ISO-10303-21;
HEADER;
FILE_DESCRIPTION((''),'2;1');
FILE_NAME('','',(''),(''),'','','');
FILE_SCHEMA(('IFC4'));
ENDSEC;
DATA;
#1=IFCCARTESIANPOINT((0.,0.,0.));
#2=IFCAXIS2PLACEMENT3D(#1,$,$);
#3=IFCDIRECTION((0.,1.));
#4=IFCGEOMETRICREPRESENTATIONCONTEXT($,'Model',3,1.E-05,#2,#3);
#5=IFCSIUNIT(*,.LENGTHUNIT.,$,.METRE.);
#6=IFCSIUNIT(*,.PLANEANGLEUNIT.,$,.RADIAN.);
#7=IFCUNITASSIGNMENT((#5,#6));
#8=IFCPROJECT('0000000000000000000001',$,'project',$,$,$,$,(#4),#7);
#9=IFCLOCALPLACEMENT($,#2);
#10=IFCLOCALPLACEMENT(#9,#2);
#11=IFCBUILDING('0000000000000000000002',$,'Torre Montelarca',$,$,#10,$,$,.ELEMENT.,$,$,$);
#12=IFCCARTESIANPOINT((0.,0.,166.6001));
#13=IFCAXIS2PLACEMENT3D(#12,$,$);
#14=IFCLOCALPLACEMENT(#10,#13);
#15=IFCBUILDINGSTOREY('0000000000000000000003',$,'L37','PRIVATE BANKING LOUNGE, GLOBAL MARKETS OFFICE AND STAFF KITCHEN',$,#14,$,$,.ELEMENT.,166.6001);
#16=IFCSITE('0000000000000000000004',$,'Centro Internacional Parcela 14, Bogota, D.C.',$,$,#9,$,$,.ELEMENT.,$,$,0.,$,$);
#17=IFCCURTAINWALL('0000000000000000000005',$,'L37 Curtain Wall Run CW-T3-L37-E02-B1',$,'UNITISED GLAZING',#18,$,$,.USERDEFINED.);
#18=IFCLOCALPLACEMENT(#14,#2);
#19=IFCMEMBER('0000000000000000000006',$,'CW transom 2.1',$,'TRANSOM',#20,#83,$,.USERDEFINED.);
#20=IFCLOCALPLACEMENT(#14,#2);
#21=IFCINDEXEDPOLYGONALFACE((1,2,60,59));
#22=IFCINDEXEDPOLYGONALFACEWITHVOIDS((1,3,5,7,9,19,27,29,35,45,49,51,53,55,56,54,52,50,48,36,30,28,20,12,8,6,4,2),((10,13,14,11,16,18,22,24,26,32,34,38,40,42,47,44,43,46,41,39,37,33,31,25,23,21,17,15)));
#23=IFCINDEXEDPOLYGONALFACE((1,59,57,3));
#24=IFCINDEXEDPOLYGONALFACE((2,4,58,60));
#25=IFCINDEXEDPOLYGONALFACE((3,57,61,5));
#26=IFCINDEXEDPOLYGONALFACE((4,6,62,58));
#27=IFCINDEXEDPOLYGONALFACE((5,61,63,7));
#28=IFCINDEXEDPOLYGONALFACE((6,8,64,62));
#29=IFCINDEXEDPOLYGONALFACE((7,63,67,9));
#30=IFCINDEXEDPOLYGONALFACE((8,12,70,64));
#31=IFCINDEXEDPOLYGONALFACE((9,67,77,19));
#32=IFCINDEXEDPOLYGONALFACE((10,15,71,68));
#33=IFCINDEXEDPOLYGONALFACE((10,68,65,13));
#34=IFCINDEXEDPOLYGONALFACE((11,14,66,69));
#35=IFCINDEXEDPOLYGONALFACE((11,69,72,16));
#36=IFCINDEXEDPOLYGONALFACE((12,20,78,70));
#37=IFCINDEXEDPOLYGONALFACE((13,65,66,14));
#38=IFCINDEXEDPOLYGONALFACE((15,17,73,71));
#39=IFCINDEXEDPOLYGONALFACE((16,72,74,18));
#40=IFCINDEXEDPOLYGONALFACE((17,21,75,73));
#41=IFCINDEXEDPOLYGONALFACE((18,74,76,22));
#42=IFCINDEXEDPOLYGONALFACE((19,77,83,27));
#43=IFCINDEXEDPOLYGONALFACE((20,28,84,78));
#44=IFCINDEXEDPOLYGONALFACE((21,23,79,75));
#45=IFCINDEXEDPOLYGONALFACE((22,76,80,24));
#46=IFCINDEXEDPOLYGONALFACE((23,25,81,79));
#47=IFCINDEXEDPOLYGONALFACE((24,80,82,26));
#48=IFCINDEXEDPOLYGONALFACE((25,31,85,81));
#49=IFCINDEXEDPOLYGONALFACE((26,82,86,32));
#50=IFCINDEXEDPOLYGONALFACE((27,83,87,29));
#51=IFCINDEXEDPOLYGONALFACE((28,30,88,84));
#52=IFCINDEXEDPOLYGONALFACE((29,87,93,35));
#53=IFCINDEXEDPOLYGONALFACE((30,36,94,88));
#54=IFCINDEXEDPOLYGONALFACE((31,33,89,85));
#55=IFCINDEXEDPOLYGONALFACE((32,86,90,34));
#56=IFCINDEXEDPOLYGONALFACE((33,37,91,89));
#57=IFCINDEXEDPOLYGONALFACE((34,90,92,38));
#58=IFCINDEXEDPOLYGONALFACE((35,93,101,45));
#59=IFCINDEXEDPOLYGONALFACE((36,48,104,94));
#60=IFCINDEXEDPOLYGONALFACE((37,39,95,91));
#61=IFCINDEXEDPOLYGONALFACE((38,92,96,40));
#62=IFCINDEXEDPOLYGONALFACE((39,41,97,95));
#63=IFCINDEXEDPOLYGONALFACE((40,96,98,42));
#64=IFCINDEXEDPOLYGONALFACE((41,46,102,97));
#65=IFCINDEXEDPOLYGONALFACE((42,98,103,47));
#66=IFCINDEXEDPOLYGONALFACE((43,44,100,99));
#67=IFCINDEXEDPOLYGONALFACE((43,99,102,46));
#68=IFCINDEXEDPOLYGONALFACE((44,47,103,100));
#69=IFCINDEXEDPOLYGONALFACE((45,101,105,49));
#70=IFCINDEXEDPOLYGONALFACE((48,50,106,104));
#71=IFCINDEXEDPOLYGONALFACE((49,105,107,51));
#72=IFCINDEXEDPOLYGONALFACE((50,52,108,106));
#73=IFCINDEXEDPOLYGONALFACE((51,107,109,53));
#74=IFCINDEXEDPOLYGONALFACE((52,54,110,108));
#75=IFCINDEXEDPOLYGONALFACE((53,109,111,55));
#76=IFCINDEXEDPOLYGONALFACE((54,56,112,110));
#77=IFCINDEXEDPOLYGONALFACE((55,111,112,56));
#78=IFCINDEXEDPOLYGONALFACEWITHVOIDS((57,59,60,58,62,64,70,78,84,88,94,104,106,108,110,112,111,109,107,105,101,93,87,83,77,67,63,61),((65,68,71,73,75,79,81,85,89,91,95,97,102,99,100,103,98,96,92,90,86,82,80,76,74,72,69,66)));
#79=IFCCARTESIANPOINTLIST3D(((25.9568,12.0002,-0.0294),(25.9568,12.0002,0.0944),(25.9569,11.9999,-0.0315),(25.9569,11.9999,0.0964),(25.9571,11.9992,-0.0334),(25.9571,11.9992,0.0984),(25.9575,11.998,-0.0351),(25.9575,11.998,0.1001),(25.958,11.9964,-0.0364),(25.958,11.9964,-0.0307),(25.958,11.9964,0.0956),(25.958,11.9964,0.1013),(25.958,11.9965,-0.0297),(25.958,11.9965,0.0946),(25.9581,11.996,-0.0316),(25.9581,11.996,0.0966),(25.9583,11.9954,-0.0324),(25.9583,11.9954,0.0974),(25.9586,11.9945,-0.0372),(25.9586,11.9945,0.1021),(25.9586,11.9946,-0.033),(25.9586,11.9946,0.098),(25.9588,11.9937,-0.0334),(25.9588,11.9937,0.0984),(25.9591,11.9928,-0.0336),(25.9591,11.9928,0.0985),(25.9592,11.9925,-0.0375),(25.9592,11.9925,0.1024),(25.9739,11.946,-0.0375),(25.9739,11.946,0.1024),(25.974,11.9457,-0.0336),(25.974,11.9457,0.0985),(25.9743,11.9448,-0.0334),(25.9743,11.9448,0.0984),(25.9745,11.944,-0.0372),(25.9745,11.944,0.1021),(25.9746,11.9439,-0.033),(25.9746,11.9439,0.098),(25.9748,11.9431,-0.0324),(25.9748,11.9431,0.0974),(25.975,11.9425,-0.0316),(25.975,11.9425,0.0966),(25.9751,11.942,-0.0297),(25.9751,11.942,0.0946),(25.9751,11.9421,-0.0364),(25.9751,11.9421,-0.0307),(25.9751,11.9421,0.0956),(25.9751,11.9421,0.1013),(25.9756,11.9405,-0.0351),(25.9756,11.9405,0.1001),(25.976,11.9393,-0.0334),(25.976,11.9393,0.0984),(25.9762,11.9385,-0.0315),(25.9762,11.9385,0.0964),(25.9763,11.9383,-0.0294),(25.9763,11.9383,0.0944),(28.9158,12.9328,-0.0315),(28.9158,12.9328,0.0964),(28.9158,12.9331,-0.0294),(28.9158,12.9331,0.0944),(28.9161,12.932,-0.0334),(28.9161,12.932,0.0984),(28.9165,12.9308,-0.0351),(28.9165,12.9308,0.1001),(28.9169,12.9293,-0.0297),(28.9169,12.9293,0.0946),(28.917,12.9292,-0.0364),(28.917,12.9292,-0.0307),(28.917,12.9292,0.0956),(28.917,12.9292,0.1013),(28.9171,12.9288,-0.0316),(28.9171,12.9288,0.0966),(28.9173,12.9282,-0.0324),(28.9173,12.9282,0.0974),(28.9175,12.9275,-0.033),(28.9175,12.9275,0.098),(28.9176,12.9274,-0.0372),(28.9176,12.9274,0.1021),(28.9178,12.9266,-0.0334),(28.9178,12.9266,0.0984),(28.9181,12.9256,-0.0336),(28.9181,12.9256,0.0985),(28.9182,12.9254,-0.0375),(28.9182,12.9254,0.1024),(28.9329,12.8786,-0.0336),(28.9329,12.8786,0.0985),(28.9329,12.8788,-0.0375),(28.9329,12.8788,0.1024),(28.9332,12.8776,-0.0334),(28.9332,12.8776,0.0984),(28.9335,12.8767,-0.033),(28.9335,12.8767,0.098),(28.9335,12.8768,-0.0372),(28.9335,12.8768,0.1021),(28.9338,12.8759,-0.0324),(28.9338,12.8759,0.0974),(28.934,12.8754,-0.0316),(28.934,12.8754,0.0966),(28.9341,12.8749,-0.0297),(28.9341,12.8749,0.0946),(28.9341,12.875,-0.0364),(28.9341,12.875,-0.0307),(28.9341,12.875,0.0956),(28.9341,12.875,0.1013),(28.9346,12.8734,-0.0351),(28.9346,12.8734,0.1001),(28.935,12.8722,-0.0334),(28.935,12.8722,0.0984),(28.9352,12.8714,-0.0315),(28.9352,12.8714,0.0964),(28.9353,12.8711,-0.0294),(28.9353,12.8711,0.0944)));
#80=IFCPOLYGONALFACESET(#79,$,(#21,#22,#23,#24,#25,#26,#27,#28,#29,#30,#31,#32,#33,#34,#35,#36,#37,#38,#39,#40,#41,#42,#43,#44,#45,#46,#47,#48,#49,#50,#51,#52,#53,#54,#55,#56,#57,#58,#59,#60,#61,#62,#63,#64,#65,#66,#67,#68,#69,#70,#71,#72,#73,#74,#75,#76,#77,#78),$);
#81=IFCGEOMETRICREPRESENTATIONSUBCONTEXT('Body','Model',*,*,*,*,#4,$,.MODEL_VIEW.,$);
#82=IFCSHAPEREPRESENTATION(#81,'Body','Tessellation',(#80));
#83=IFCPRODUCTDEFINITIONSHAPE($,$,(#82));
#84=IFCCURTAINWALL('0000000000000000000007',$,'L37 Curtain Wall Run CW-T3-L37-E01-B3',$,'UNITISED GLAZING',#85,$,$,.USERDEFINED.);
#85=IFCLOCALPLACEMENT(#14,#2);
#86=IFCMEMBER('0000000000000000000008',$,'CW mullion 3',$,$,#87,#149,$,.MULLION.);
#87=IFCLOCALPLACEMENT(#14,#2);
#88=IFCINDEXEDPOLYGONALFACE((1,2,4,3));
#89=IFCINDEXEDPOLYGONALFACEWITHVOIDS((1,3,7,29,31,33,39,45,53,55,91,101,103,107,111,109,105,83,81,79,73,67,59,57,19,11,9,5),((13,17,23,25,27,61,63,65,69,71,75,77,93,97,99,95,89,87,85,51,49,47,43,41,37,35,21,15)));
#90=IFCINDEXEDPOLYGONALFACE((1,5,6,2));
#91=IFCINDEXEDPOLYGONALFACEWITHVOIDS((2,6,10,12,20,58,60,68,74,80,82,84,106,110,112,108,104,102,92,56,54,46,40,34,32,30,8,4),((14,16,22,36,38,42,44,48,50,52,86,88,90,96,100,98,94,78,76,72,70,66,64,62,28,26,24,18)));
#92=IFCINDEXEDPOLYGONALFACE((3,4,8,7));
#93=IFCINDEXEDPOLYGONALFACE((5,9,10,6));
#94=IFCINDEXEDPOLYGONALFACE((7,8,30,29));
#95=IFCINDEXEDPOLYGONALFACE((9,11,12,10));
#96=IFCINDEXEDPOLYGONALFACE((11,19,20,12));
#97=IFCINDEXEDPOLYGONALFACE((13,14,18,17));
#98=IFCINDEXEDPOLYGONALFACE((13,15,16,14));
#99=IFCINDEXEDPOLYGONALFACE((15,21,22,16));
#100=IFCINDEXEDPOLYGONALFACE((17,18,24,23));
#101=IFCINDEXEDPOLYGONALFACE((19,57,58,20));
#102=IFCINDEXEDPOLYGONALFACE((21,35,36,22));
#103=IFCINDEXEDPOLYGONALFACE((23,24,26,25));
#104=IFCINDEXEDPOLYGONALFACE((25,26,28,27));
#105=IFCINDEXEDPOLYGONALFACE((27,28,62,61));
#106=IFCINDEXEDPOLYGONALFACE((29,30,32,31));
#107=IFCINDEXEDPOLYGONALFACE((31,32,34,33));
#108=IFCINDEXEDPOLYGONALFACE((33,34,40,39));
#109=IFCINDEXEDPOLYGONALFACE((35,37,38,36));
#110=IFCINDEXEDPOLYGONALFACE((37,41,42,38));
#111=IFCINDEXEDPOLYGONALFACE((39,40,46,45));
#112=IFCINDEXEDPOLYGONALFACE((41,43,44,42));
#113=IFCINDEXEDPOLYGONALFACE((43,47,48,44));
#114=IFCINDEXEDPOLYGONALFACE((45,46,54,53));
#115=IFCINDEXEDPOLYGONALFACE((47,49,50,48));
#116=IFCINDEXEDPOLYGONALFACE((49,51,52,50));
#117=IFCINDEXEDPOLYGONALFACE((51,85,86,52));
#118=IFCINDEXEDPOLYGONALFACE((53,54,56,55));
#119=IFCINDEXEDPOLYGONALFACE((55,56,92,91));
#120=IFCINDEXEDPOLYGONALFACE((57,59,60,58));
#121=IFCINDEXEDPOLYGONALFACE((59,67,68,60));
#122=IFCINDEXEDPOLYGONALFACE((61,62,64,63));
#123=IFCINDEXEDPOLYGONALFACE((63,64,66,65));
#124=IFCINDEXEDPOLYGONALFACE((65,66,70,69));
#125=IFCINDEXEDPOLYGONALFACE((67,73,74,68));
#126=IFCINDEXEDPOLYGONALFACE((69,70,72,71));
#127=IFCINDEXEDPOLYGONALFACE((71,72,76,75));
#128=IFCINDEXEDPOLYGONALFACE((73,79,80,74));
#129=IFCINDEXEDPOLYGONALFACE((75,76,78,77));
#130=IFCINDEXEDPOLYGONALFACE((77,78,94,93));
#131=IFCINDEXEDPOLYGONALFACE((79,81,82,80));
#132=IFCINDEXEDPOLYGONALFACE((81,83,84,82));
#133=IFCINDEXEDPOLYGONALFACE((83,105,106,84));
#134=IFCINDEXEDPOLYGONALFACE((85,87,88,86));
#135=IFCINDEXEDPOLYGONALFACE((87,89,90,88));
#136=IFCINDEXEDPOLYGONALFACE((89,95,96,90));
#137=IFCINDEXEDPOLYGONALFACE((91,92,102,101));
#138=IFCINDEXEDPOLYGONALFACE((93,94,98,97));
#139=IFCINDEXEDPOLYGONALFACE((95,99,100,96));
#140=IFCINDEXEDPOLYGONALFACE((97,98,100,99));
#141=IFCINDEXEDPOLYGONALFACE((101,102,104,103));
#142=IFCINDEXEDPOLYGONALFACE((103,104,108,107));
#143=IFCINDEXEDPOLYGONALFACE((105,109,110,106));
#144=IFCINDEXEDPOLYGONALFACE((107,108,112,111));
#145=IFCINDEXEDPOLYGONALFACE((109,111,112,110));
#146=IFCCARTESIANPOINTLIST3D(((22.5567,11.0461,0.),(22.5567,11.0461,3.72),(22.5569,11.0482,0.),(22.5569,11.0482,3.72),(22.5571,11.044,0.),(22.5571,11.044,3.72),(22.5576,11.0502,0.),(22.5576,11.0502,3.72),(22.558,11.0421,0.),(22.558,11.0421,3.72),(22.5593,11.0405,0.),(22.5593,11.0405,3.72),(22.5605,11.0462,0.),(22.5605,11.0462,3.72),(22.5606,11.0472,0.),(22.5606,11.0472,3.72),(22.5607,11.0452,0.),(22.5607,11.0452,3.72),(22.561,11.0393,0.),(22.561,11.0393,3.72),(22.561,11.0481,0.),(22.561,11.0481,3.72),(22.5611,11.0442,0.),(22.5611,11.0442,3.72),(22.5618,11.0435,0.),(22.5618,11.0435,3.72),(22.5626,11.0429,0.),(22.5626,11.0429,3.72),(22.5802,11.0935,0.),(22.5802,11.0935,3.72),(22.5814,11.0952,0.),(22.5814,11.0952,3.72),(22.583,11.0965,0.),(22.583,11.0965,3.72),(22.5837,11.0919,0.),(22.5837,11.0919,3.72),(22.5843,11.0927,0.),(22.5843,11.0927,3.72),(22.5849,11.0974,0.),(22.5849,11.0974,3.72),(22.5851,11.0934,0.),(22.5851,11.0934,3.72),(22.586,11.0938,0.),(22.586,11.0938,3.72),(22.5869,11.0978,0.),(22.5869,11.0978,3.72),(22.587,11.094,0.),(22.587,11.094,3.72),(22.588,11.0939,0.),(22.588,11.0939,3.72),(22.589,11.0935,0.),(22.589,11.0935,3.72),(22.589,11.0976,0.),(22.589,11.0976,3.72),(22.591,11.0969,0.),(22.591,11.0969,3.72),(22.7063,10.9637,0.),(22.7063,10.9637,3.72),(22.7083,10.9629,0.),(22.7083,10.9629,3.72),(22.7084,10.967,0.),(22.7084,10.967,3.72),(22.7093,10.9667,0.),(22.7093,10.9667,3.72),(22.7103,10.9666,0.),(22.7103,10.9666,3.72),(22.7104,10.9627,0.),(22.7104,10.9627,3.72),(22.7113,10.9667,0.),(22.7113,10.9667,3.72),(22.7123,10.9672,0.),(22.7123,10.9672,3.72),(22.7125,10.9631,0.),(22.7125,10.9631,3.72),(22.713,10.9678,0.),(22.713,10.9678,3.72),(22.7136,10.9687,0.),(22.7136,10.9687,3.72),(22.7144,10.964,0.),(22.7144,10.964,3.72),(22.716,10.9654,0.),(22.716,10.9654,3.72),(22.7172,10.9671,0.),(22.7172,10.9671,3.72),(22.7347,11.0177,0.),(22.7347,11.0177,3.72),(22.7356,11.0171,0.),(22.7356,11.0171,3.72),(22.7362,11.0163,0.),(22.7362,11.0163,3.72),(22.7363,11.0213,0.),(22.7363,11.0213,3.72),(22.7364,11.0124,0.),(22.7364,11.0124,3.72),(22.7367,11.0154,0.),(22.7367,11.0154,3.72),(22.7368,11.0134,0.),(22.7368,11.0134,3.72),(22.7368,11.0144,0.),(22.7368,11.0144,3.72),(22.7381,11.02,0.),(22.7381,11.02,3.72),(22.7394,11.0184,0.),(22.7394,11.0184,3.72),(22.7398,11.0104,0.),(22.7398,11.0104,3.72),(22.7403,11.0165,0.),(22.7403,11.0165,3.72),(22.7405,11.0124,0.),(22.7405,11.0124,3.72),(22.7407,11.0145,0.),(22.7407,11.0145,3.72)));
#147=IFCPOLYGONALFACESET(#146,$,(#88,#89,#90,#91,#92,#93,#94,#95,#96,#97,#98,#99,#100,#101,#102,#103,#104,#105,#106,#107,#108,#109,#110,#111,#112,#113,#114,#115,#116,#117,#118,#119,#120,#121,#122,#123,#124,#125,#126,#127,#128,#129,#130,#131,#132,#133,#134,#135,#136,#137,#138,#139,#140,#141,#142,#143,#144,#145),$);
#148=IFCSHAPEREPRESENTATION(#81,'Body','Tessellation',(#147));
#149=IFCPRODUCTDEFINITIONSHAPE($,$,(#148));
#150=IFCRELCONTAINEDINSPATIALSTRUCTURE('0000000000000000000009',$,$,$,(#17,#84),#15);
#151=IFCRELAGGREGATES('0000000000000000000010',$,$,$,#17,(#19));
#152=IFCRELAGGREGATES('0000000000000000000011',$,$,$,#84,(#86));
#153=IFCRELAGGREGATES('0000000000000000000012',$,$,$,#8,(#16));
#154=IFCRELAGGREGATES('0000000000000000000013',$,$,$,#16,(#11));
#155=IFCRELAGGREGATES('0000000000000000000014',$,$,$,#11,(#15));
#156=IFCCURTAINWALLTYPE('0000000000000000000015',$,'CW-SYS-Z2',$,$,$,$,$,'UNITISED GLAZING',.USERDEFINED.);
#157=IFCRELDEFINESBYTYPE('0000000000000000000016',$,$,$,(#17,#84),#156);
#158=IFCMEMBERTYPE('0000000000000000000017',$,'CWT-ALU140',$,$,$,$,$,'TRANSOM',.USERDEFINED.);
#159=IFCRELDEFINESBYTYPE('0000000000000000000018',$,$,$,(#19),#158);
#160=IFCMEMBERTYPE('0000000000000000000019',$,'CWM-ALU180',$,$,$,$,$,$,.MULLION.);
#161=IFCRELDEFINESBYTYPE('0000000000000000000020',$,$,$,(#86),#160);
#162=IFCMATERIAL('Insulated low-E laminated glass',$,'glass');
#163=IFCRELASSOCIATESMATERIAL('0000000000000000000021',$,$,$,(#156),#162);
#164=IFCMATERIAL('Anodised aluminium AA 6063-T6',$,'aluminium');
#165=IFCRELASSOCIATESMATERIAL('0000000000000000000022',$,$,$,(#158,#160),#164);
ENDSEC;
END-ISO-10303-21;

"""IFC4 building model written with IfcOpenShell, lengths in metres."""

from ifc_helpers import new_model, si_unit, direction, frame, origin, origin_2d, place, context, subcontext, project, spatial, hollow_rectangle, extrude, source, transform, mapped, material, material_profile, profile_set, type_object, element, aggregate, save


model = new_model("IFC4")

# Units and contexts
model_context = context("Model", 3, precision=1e-05, world=origin(), true_north=direction((0.0, 1.0)))
body_context = subcontext(model_context, "Body", "Model", "MODEL_VIEW")
ifc_project = project(units=[si_unit("LENGTHUNIT", "METRE"), si_unit("PLANEANGLEUNIT", "RADIAN")], contexts=[model_context])

# Site, building, storey
site_placement = place(None, origin())
site = spatial("IfcSite", under=ifc_project, at=site_placement, Name="Centro Internacional Parcela 14, Bogota, D.C.", CompositionType="ELEMENT", RefElevation=0.0)
building_placement = place(site_placement, origin())
building = spatial("IfcBuilding", under=site, at=building_placement, Name="Torre Montelarca", CompositionType="ELEMENT")
storey_placement = place(building_placement, frame((0.0, 0.0, 166.6001)))
storey = spatial("IfcBuildingStorey", under=building, at=storey_placement, Name="L37", Description="PRIVATE BANKING LOUNGE, GLOBAL MARKETS OFFICE AND STAFF KITCHEN", CompositionType="ELEMENT", Elevation=166.6001)

# Curtain wall, member
ifc_material_1 = material(Name="Insulated low-E laminated glass", Category="glass")
curtain_wall_type = type_object("IfcCurtainWallType", Name="CW-SYS-Z2", ElementType="UNITISED GLAZING", PredefinedType="USERDEFINED", material=ifc_material_1)
curtain_wall_1_placement = place(storey_placement, origin())
curtain_wall_1 = element("IfcCurtainWall", 1, at=curtain_wall_1_placement, inside=storey, type_object=curtain_wall_type, Name="L37 Curtain Wall Run CW-T3-L37-E02-B1", ObjectType="UNITISED GLAZING", PredefinedType="USERDEFINED")
ifc_material_2 = material(Name="Anodised aluminium AA 6063-T6", Category="aluminium")
ifc_material_profile_1 = material_profile(ifc_material_2, hollow_rectangle(XDim=0.0649, YDim=0.1399, WallThickness=0.0039, InnerFilletRadius=0.0039, OuterFilletRadius=0.0081, at=origin_2d()), Name="ALU65X140X4", Category="aluminium")
ifc_profile_set_1 = profile_set([ifc_material_profile_1], Name="Anodised aluminium AA 6063-T6")
member_type_1 = type_object("IfcMemberType", Name="CWT-ALU140", ElementType="TRANSOM", PredefinedType="USERDEFINED", material=ifc_profile_set_1)
shared_shape_1 = source(origin(), body_context, "Body", "SweptSolid", [
    extrude(hollow_rectangle(XDim=0.0649, YDim=0.1399, WallThickness=0.0039, InnerFilletRadius=0.0039, OuterFilletRadius=0.0081, at=origin_2d()), origin(), (0.0, 0.0, 1.0), 3.1025),
])
member_1_placement = place(storey_placement, frame((25.9666, 11.9692, 0.0325), z_axis=(0.953726, 0.300676, 0.0), x_axis=(-0.300676, 0.953726, 0.0)))
member_1 = element("IfcMember", 2, at=member_1_placement, type_object=member_type_1, Name="CW transom 2.1", ObjectType="TRANSOM", PredefinedType="USERDEFINED", context=body_context, shape_type="MappedRepresentation", body=[
    mapped(shared_shape_1, transform((0.0, 0.0, 0.0), scale=1.0)),
])

# Curtain wall, member
curtain_wall_2_placement = place(storey_placement, origin())
curtain_wall_2 = element("IfcCurtainWall", 3, at=curtain_wall_2_placement, inside=storey, type_object=curtain_wall_type, Name="L37 Curtain Wall Run CW-T3-L37-E01-B3", ObjectType="UNITISED GLAZING", PredefinedType="USERDEFINED")
ifc_material_profile_2 = material_profile(ifc_material_2, hollow_rectangle(XDim=0.0649, YDim=0.1799, WallThickness=0.0039, InnerFilletRadius=0.0039, OuterFilletRadius=0.0081, at=origin_2d()), Name="ALU65X180X4", Category="aluminium")
ifc_profile_set_2 = profile_set([ifc_material_profile_2], Name="Anodised aluminium AA 6063-T6")
member_type_2 = type_object("IfcMemberType", Name="CWM-ALU180", PredefinedType="MULLION", material=ifc_profile_set_2)
shared_shape_2 = source(origin(), body_context, "Body", "SweptSolid", [
    extrude(hollow_rectangle(XDim=0.0649, YDim=0.1799, WallThickness=0.0039, InnerFilletRadius=0.0039, OuterFilletRadius=0.0081, at=origin_2d()), origin(), (0.0, 0.0, 1.0), 3.72),
])
member_2_placement = place(storey_placement, frame((22.6487, 11.0303, 0.0), z_axis=(0.0, 0.0, 1.0), x_axis=(0.461741, 0.887015, 0.0)))
member_2 = element("IfcMember", 4, at=member_2_placement, type_object=member_type_2, Name="CW mullion 3", PredefinedType="MULLION", context=body_context, shape_type="MappedRepresentation", body=[
    mapped(shared_shape_2, transform((0.0, 0.0, 0.0), scale=1.0)),
])

aggregate(curtain_wall_1, [member_1])
aggregate(curtain_wall_2, [member_2])

save(model, "model.ifc")
